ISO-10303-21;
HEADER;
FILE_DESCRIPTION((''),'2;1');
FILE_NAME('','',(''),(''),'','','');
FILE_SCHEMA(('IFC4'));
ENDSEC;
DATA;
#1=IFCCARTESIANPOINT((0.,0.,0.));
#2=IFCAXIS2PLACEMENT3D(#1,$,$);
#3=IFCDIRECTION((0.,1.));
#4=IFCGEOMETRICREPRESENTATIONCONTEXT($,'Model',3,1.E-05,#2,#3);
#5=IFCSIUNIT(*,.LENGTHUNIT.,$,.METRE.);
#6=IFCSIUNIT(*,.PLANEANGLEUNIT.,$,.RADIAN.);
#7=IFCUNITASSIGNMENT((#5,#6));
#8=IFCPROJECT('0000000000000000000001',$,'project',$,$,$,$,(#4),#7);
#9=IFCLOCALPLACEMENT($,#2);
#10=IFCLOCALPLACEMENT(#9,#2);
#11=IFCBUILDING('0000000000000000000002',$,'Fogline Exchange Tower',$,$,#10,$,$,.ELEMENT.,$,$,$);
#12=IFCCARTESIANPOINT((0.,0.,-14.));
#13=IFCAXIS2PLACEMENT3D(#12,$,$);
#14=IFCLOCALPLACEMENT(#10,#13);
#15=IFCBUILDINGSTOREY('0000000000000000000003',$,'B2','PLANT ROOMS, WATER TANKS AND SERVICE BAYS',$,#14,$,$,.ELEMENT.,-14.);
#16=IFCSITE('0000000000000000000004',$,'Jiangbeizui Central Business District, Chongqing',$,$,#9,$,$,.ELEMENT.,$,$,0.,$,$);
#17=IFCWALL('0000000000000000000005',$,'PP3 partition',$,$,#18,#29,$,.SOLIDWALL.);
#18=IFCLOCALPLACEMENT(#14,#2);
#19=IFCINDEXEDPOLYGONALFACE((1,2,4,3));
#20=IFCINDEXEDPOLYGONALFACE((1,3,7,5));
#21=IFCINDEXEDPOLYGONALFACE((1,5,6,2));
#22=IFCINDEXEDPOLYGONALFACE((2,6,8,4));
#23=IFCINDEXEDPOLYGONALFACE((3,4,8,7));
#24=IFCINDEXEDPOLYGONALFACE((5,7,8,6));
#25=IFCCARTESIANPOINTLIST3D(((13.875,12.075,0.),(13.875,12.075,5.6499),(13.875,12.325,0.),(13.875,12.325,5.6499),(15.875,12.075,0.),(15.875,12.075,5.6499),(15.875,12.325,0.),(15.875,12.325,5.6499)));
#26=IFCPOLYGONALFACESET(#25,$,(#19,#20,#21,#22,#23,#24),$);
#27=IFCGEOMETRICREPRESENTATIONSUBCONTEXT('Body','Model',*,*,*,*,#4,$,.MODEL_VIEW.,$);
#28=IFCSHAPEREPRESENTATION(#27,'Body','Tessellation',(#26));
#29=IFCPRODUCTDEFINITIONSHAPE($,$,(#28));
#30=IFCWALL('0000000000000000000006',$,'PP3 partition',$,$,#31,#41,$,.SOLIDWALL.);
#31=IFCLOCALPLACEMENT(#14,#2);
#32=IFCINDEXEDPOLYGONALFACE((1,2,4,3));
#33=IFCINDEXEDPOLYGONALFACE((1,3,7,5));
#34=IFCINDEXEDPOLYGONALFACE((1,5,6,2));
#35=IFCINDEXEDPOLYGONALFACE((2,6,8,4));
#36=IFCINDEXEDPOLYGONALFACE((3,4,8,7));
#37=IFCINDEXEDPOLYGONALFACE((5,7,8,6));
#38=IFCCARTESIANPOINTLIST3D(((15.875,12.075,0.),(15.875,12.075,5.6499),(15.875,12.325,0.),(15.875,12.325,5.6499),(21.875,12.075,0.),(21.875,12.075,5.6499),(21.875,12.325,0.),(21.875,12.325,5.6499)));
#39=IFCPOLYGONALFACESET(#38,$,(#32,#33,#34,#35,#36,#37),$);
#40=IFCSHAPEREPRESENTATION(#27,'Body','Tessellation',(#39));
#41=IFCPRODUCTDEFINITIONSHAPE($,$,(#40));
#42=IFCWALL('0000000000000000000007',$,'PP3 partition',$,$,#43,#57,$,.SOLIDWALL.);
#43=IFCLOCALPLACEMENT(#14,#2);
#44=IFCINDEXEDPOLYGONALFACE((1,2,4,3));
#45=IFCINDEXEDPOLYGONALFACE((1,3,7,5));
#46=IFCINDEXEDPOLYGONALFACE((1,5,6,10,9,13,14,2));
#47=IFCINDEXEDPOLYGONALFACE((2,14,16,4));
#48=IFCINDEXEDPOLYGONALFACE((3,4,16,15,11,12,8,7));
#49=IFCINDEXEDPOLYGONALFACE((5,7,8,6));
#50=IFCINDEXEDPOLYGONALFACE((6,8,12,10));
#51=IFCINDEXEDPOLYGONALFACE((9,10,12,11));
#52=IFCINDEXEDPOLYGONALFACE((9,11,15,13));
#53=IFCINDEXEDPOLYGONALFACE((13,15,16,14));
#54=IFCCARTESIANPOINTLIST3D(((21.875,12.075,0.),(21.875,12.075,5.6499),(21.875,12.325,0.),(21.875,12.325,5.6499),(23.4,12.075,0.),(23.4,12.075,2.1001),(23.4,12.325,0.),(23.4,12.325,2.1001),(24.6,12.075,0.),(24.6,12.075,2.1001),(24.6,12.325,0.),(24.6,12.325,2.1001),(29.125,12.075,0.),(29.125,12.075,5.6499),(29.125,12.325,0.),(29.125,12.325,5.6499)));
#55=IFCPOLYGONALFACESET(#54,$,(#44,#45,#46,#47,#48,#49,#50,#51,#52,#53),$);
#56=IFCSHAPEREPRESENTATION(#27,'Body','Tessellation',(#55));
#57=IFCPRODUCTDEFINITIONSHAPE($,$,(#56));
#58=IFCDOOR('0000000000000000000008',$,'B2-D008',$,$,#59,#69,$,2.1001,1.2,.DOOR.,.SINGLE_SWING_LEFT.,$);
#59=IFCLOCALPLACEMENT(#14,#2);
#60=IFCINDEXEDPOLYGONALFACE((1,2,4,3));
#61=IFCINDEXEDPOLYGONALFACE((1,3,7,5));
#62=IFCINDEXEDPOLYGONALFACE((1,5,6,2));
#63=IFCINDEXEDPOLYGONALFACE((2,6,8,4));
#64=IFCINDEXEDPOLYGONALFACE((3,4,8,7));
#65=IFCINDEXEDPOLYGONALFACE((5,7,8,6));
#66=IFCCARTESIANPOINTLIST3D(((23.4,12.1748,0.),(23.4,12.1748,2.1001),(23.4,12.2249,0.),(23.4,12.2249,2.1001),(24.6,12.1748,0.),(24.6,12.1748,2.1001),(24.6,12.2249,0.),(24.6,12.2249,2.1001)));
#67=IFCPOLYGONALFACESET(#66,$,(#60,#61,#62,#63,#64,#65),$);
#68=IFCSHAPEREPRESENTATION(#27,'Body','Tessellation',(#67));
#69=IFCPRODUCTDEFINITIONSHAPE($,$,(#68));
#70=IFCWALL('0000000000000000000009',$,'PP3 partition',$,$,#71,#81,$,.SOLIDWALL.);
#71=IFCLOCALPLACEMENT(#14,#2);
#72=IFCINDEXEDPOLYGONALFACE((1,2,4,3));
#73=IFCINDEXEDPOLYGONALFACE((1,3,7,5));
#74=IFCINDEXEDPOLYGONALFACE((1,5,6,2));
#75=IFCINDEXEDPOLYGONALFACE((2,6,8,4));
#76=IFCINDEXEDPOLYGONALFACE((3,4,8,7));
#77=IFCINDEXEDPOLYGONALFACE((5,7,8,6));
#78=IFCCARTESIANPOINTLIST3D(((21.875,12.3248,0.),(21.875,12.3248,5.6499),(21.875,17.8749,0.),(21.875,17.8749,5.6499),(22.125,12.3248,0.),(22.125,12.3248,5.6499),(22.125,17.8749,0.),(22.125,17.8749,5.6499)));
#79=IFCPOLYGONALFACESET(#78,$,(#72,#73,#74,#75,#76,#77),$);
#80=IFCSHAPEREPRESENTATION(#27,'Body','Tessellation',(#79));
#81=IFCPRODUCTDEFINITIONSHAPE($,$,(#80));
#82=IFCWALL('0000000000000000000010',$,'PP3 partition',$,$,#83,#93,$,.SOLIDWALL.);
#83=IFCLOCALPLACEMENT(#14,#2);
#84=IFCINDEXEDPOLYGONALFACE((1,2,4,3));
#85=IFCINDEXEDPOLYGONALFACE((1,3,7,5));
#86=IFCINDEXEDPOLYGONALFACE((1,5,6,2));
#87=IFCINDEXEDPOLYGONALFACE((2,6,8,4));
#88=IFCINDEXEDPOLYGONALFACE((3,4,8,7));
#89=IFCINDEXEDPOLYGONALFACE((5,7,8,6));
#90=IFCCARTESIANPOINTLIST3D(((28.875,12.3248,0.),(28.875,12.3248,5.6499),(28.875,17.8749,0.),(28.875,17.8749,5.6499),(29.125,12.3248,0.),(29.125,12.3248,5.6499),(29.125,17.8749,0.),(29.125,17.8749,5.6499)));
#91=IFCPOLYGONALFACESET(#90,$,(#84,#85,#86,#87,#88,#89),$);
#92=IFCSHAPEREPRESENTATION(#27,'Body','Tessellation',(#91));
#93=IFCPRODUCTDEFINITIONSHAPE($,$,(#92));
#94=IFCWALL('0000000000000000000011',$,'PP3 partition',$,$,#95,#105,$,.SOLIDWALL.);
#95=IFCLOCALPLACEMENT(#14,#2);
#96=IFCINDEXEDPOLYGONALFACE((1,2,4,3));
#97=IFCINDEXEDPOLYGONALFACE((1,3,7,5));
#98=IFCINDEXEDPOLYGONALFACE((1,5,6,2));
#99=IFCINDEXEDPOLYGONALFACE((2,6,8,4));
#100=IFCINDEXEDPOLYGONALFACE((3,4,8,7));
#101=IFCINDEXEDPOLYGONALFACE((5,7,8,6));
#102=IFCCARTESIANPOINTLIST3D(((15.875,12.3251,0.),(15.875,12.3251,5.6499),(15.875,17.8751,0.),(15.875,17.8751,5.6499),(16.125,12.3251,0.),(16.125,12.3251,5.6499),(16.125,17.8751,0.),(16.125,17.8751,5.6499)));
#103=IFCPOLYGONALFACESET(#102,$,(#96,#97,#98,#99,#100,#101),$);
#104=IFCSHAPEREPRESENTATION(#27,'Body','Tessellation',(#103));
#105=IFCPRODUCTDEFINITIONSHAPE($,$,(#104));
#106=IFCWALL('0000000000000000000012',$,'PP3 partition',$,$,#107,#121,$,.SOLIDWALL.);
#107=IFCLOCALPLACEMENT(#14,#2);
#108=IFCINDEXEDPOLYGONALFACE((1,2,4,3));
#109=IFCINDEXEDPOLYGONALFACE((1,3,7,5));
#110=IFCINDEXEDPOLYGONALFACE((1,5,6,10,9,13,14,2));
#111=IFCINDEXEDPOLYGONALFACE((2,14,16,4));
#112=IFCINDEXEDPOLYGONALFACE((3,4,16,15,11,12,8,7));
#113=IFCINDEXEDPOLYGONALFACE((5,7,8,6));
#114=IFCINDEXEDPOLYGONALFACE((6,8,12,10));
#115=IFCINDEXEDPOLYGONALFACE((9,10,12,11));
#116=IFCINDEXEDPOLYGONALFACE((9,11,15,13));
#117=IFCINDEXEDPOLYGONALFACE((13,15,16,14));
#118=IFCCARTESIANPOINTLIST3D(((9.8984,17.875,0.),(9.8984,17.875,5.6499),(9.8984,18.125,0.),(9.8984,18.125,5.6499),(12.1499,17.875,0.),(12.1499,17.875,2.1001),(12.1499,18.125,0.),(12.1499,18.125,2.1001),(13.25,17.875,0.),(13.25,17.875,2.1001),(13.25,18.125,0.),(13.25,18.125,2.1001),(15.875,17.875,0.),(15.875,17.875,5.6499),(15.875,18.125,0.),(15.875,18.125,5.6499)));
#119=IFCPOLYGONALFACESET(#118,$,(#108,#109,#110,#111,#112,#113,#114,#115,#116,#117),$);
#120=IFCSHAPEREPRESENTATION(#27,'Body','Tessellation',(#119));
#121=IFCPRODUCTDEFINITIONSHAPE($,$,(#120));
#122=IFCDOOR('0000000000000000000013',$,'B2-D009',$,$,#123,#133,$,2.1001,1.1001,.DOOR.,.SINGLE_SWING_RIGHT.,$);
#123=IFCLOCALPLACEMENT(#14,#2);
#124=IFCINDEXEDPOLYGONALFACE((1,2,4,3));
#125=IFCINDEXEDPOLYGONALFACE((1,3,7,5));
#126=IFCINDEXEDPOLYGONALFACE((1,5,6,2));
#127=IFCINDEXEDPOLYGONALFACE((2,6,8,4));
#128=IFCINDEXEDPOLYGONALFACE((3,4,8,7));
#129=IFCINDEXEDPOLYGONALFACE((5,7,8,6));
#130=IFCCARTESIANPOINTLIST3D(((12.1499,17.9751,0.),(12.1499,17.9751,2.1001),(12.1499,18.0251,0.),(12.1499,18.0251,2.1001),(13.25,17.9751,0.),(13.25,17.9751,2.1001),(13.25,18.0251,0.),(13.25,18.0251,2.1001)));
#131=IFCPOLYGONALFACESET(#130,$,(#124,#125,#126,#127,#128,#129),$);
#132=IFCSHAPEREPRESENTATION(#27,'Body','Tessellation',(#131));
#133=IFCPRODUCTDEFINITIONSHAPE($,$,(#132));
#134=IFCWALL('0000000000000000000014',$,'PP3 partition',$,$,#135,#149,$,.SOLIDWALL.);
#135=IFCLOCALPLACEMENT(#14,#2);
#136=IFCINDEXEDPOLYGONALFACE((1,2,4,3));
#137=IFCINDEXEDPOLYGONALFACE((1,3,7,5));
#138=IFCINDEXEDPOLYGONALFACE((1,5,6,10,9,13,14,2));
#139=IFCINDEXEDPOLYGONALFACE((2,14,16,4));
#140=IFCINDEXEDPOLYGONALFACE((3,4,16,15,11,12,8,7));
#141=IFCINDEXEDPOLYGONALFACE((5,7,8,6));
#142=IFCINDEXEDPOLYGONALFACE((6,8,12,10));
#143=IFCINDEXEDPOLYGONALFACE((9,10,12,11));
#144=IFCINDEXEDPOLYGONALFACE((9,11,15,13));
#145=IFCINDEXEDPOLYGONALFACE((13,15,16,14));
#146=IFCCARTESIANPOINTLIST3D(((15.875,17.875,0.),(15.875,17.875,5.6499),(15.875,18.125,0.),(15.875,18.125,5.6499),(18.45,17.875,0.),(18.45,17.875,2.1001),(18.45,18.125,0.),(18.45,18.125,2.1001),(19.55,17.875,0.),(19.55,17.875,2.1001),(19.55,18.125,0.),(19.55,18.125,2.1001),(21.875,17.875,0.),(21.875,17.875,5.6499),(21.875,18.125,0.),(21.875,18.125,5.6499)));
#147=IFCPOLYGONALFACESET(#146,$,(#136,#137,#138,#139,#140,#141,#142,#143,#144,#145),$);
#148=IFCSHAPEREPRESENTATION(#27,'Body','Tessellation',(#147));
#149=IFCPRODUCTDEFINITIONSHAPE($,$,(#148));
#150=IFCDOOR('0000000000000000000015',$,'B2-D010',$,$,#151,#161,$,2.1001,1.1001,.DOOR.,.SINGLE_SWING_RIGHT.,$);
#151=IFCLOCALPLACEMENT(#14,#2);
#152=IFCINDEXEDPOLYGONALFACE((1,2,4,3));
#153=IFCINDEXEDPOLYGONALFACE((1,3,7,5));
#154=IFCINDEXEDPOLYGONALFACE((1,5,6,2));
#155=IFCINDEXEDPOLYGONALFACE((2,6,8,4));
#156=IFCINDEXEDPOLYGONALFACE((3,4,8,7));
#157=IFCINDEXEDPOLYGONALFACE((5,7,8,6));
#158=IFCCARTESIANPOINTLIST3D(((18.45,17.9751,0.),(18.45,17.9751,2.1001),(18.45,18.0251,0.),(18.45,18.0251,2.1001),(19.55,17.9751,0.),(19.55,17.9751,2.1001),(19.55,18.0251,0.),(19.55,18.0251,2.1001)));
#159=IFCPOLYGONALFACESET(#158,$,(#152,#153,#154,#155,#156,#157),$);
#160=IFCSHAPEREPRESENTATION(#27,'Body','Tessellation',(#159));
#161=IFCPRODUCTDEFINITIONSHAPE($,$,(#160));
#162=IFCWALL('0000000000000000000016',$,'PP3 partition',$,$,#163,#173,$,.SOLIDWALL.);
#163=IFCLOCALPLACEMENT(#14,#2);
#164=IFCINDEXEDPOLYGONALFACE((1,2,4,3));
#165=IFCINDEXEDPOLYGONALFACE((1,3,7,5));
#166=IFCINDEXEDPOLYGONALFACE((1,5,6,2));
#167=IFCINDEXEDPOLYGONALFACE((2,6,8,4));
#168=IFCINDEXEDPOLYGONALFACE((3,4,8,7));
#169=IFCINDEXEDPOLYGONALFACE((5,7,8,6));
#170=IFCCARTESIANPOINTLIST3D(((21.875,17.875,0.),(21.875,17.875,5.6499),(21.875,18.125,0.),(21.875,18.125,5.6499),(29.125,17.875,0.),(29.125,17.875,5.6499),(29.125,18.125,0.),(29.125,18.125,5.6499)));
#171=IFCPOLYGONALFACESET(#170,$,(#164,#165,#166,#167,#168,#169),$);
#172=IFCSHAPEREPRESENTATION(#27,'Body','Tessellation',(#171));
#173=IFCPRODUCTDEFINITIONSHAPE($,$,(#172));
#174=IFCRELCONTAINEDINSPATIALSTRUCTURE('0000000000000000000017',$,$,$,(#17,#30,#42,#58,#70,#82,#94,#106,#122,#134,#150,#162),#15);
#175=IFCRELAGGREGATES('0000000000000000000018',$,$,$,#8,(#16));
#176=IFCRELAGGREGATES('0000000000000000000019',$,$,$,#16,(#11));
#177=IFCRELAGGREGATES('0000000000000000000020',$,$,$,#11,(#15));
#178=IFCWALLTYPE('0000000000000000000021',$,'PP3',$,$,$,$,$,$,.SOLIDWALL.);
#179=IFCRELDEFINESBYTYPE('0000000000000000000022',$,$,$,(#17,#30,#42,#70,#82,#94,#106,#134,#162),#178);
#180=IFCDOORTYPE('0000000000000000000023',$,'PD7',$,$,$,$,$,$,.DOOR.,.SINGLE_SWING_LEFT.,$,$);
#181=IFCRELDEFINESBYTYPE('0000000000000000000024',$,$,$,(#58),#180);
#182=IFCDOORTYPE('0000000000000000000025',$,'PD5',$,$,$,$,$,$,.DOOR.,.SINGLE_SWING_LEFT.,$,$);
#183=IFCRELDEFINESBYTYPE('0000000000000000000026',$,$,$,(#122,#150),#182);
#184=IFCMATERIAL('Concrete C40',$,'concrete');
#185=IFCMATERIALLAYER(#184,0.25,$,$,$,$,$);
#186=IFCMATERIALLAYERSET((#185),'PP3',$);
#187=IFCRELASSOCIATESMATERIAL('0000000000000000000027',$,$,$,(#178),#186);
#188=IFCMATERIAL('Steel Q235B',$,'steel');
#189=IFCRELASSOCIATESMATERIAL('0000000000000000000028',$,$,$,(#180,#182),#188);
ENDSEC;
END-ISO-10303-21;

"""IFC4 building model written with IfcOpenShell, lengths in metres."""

from ifc_helpers import new_model, si_unit, direction, frame, frame_2d, origin, place, context, subcontext, project, spatial, rectangle, extrude, material, layer, layer_set, type_object, element, fill, save


model = new_model("IFC4")

# Units and contexts
model_context = context("Model", 3, precision=1e-05, world=origin(), true_north=direction((0.0, 1.0)))
body_context = subcontext(model_context, "Body", "Model", "MODEL_VIEW")
ifc_project = project(units=[si_unit("LENGTHUNIT", "METRE"), si_unit("PLANEANGLEUNIT", "RADIAN")], contexts=[model_context])

# Site, building, storey
site_placement = place(None, origin())
site = spatial("IfcSite", under=ifc_project, at=site_placement, Name="Jiangbeizui Central Business District, Chongqing", CompositionType="ELEMENT", RefElevation=0.0)
building_placement = place(site_placement, origin())
building = spatial("IfcBuilding", under=site, at=building_placement, Name="Fogline Exchange Tower", CompositionType="ELEMENT")
storey_placement = place(building_placement, frame((0.0, 0.0, -14.0)))
storey = spatial("IfcBuildingStorey", under=building, at=storey_placement, Name="B2", Description="PLANT ROOMS, WATER TANKS AND SERVICE BAYS", CompositionType="ELEMENT", Elevation=-14.0)

# Shared definitions
ifc_material_1 = material(Name="Concrete C40", Category="concrete")

# Walls
ifc_layer = layer(ifc_material_1, 0.25)
ifc_layer_set = layer_set([ifc_layer], Name="PP3")
wall_type = type_object("IfcWallType", Name="PP3", PredefinedType="SOLIDWALL", material=ifc_layer_set)
wall_1_placement = place(storey_placement, frame((13.875, 12.2, 0.0), z_axis=(0.0, 0.0, 1.0), x_axis=(1.0, 0.0, 0.0)))
element("IfcWall", 1, at=wall_1_placement, inside=storey, type_object=wall_type, Name="PP3 partition", PredefinedType="SOLIDWALL", context=body_context, shape_type="SweptSolid", body=[
    extrude(rectangle(XDim=2.0, YDim=0.25, at=frame_2d((1.0, 0.0))), origin(), (0.0, 0.0, 1.0), 5.6499),
])
wall_2_placement = place(storey_placement, frame((15.875, 12.2, 0.0), z_axis=(0.0, 0.0, 1.0), x_axis=(1.0, 0.0, 0.0)))
element("IfcWall", 2, at=wall_2_placement, inside=storey, type_object=wall_type, Name="PP3 partition", PredefinedType="SOLIDWALL", context=body_context, shape_type="SweptSolid", body=[
    extrude(rectangle(XDim=6.0, YDim=0.25, at=frame_2d((3.0, 0.0))), origin(), (0.0, 0.0, 1.0), 5.6499),
])

# Wall, opening, door
wall_3_placement = place(storey_placement, frame((21.875, 12.2, 0.0), z_axis=(0.0, 0.0, 1.0), x_axis=(1.0, 0.0, 0.0)))
wall_3 = element("IfcWall", 3, at=wall_3_placement, inside=storey, type_object=wall_type, Name="PP3 partition", PredefinedType="SOLIDWALL", context=body_context, shape_type="SweptSolid", body=[
    extrude(rectangle(XDim=7.25, YDim=0.25, at=frame_2d((3.625, 0.0))), origin(), (0.0, 0.0, 1.0), 5.6499),
])
opening_1_placement = place(wall_3_placement, frame((1.5249, 0.0, 0.0)))
opening_1 = element("IfcOpeningElement", 4, at=opening_1_placement, cuts=wall_3, PredefinedType="OPENING", context=body_context, shape_type="SweptSolid", body=[
    extrude(rectangle(XDim=1.2, YDim=2.1001, at=frame_2d((0.6001, 1.05))), frame((0.0, 0.135, 0.0), z_axis=(0.0, -1.0, 0.0), x_axis=(1.0, 0.0, 0.0)), (0.0, 0.0, 1.0), 0.27),
])
ifc_material_2 = material(Name="Steel Q235B", Category="steel")
door_type_1 = type_object("IfcDoorType", Name="PD7", OperationType="SINGLE_SWING_LEFT", PredefinedType="DOOR", material=ifc_material_2)
door_1_placement = place(opening_1_placement, origin())
door_1 = element("IfcDoor", 5, at=door_1_placement, inside=storey, type_object=door_type_1, Name="B2-D008", OperationType="SINGLE_SWING_LEFT", OverallHeight=2.1001, OverallWidth=1.2, PredefinedType="DOOR", context=body_context, shape_type="SweptSolid", body=[
    extrude(rectangle(XDim=1.2, YDim=2.1001, at=frame_2d((0.6001, 1.05))), frame((0.0, 0.0249, 0.0), z_axis=(0.0, -1.0, 0.0), x_axis=(1.0, 0.0, 0.0)), (0.0, 0.0, 1.0), 0.05),
])
fill(opening_1, door_1)

# Walls
for number, where, z_axis, x_axis, name in (
    (6, (22.0, 12.325, 0.0), (0.0, 0.0, 1.0), (0.0, 1.0, 0.0), "PP3 partition"),
    (7, (29.0, 12.325, 0.0), (0.0, 0.0, 1.0), (0.0, 1.0, 0.0), "PP3 partition"),
    (8, (16.0, 17.875, 0.0), (0.0, 0.0, 1.0), (0.0, -1.0, 0.0), "PP3 partition"),
):
    element("IfcWall", number, at=place(storey_placement, frame(where, z_axis=z_axis, x_axis=x_axis)), inside=storey, type_object=wall_type, Name=name, PredefinedType="SOLIDWALL", context=body_context, shape_type="SweptSolid", body=[
        extrude(rectangle(XDim=5.55, YDim=0.25, at=frame_2d((2.7749, 0.0))), origin(), (0.0, 0.0, 1.0), 5.6499),
    ])

# Walls, openings, doors
wall_4_placement = place(storey_placement, frame((15.875, 18.0, 0.0), z_axis=(0.0, 0.0, 1.0), x_axis=(-1.0, 0.0, 0.0)))
wall_4 = element("IfcWall", 9, at=wall_4_placement, inside=storey, type_object=wall_type, Name="PP3 partition", PredefinedType="SOLIDWALL", context=body_context, shape_type="SweptSolid", body=[
    extrude(rectangle(XDim=5.9766, YDim=0.25, at=frame_2d((2.9883, 0.0))), origin(), (0.0, 0.0, 1.0), 5.6499),
])
opening_2_placement = place(wall_4_placement, frame((2.625, 0.0, 0.0)))
opening_2 = element("IfcOpeningElement", 10, at=opening_2_placement, cuts=wall_4, PredefinedType="OPENING", context=body_context, shape_type="SweptSolid", body=[
    extrude(rectangle(XDim=1.1001, YDim=2.1001, at=frame_2d((0.55, 1.05))), frame((0.0, 0.135, 0.0), z_axis=(0.0, -1.0, 0.0), x_axis=(1.0, 0.0, 0.0)), (0.0, 0.0, 1.0), 0.27),
])
door_type_2 = type_object("IfcDoorType", Name="PD5", OperationType="SINGLE_SWING_LEFT", PredefinedType="DOOR", material=ifc_material_2)
door_2_placement = place(opening_2_placement, origin())
door_2 = element("IfcDoor", 11, at=door_2_placement, inside=storey, type_object=door_type_2, Name="B2-D009", OperationType="SINGLE_SWING_RIGHT", OverallHeight=2.1001, OverallWidth=1.1001, PredefinedType="DOOR", context=body_context, shape_type="SweptSolid", body=[
    extrude(rectangle(XDim=1.1001, YDim=2.1001, at=frame_2d((0.55, 1.05))), frame((0.0, 0.0249, 0.0), z_axis=(0.0, -1.0, 0.0), x_axis=(1.0, 0.0, 0.0)), (0.0, 0.0, 1.0), 0.05),
])
fill(opening_2, door_2)
wall_5_placement = place(storey_placement, frame((21.875, 18.0, 0.0), z_axis=(0.0, 0.0, 1.0), x_axis=(-1.0, 0.0, 0.0)))
wall_5 = element("IfcWall", 12, at=wall_5_placement, inside=storey, type_object=wall_type, Name="PP3 partition", PredefinedType="SOLIDWALL", context=body_context, shape_type="SweptSolid", body=[
    extrude(rectangle(XDim=6.0, YDim=0.25, at=frame_2d((3.0, 0.0))), origin(), (0.0, 0.0, 1.0), 5.6499),
])
opening_3_placement = place(wall_5_placement, frame((2.325, 0.0, 0.0)))
opening_3 = element("IfcOpeningElement", 13, at=opening_3_placement, cuts=wall_5, PredefinedType="OPENING", context=body_context, shape_type="SweptSolid", body=[
    extrude(rectangle(XDim=1.1001, YDim=2.1001, at=frame_2d((0.55, 1.05))), frame((0.0, 0.135, 0.0), z_axis=(0.0, -1.0, 0.0), x_axis=(1.0, 0.0, 0.0)), (0.0, 0.0, 1.0), 0.27),
])
door_3_placement = place(opening_3_placement, origin())
door_3 = element("IfcDoor", 14, at=door_3_placement, inside=storey, type_object=door_type_2, Name="B2-D010", OperationType="SINGLE_SWING_RIGHT", OverallHeight=2.1001, OverallWidth=1.1001, PredefinedType="DOOR", context=body_context, shape_type="SweptSolid", body=[
    extrude(rectangle(XDim=1.1001, YDim=2.1001, at=frame_2d((0.55, 1.05))), frame((0.0, 0.0249, 0.0), z_axis=(0.0, -1.0, 0.0), x_axis=(1.0, 0.0, 0.0)), (0.0, 0.0, 1.0), 0.05),
])
fill(opening_3, door_3)

# Wall
wall_6_placement = place(storey_placement, frame((29.125, 18.0, 0.0), z_axis=(0.0, 0.0, 1.0), x_axis=(-1.0, 0.0, 0.0)))
element("IfcWall", 15, at=wall_6_placement, inside=storey, type_object=wall_type, Name="PP3 partition", PredefinedType="SOLIDWALL", context=body_context, shape_type="SweptSolid", body=[
    extrude(rectangle(XDim=7.25, YDim=0.25, at=frame_2d((3.625, 0.0))), origin(), (0.0, 0.0, 1.0), 5.6499),
])

save(model, "model.ifc")
